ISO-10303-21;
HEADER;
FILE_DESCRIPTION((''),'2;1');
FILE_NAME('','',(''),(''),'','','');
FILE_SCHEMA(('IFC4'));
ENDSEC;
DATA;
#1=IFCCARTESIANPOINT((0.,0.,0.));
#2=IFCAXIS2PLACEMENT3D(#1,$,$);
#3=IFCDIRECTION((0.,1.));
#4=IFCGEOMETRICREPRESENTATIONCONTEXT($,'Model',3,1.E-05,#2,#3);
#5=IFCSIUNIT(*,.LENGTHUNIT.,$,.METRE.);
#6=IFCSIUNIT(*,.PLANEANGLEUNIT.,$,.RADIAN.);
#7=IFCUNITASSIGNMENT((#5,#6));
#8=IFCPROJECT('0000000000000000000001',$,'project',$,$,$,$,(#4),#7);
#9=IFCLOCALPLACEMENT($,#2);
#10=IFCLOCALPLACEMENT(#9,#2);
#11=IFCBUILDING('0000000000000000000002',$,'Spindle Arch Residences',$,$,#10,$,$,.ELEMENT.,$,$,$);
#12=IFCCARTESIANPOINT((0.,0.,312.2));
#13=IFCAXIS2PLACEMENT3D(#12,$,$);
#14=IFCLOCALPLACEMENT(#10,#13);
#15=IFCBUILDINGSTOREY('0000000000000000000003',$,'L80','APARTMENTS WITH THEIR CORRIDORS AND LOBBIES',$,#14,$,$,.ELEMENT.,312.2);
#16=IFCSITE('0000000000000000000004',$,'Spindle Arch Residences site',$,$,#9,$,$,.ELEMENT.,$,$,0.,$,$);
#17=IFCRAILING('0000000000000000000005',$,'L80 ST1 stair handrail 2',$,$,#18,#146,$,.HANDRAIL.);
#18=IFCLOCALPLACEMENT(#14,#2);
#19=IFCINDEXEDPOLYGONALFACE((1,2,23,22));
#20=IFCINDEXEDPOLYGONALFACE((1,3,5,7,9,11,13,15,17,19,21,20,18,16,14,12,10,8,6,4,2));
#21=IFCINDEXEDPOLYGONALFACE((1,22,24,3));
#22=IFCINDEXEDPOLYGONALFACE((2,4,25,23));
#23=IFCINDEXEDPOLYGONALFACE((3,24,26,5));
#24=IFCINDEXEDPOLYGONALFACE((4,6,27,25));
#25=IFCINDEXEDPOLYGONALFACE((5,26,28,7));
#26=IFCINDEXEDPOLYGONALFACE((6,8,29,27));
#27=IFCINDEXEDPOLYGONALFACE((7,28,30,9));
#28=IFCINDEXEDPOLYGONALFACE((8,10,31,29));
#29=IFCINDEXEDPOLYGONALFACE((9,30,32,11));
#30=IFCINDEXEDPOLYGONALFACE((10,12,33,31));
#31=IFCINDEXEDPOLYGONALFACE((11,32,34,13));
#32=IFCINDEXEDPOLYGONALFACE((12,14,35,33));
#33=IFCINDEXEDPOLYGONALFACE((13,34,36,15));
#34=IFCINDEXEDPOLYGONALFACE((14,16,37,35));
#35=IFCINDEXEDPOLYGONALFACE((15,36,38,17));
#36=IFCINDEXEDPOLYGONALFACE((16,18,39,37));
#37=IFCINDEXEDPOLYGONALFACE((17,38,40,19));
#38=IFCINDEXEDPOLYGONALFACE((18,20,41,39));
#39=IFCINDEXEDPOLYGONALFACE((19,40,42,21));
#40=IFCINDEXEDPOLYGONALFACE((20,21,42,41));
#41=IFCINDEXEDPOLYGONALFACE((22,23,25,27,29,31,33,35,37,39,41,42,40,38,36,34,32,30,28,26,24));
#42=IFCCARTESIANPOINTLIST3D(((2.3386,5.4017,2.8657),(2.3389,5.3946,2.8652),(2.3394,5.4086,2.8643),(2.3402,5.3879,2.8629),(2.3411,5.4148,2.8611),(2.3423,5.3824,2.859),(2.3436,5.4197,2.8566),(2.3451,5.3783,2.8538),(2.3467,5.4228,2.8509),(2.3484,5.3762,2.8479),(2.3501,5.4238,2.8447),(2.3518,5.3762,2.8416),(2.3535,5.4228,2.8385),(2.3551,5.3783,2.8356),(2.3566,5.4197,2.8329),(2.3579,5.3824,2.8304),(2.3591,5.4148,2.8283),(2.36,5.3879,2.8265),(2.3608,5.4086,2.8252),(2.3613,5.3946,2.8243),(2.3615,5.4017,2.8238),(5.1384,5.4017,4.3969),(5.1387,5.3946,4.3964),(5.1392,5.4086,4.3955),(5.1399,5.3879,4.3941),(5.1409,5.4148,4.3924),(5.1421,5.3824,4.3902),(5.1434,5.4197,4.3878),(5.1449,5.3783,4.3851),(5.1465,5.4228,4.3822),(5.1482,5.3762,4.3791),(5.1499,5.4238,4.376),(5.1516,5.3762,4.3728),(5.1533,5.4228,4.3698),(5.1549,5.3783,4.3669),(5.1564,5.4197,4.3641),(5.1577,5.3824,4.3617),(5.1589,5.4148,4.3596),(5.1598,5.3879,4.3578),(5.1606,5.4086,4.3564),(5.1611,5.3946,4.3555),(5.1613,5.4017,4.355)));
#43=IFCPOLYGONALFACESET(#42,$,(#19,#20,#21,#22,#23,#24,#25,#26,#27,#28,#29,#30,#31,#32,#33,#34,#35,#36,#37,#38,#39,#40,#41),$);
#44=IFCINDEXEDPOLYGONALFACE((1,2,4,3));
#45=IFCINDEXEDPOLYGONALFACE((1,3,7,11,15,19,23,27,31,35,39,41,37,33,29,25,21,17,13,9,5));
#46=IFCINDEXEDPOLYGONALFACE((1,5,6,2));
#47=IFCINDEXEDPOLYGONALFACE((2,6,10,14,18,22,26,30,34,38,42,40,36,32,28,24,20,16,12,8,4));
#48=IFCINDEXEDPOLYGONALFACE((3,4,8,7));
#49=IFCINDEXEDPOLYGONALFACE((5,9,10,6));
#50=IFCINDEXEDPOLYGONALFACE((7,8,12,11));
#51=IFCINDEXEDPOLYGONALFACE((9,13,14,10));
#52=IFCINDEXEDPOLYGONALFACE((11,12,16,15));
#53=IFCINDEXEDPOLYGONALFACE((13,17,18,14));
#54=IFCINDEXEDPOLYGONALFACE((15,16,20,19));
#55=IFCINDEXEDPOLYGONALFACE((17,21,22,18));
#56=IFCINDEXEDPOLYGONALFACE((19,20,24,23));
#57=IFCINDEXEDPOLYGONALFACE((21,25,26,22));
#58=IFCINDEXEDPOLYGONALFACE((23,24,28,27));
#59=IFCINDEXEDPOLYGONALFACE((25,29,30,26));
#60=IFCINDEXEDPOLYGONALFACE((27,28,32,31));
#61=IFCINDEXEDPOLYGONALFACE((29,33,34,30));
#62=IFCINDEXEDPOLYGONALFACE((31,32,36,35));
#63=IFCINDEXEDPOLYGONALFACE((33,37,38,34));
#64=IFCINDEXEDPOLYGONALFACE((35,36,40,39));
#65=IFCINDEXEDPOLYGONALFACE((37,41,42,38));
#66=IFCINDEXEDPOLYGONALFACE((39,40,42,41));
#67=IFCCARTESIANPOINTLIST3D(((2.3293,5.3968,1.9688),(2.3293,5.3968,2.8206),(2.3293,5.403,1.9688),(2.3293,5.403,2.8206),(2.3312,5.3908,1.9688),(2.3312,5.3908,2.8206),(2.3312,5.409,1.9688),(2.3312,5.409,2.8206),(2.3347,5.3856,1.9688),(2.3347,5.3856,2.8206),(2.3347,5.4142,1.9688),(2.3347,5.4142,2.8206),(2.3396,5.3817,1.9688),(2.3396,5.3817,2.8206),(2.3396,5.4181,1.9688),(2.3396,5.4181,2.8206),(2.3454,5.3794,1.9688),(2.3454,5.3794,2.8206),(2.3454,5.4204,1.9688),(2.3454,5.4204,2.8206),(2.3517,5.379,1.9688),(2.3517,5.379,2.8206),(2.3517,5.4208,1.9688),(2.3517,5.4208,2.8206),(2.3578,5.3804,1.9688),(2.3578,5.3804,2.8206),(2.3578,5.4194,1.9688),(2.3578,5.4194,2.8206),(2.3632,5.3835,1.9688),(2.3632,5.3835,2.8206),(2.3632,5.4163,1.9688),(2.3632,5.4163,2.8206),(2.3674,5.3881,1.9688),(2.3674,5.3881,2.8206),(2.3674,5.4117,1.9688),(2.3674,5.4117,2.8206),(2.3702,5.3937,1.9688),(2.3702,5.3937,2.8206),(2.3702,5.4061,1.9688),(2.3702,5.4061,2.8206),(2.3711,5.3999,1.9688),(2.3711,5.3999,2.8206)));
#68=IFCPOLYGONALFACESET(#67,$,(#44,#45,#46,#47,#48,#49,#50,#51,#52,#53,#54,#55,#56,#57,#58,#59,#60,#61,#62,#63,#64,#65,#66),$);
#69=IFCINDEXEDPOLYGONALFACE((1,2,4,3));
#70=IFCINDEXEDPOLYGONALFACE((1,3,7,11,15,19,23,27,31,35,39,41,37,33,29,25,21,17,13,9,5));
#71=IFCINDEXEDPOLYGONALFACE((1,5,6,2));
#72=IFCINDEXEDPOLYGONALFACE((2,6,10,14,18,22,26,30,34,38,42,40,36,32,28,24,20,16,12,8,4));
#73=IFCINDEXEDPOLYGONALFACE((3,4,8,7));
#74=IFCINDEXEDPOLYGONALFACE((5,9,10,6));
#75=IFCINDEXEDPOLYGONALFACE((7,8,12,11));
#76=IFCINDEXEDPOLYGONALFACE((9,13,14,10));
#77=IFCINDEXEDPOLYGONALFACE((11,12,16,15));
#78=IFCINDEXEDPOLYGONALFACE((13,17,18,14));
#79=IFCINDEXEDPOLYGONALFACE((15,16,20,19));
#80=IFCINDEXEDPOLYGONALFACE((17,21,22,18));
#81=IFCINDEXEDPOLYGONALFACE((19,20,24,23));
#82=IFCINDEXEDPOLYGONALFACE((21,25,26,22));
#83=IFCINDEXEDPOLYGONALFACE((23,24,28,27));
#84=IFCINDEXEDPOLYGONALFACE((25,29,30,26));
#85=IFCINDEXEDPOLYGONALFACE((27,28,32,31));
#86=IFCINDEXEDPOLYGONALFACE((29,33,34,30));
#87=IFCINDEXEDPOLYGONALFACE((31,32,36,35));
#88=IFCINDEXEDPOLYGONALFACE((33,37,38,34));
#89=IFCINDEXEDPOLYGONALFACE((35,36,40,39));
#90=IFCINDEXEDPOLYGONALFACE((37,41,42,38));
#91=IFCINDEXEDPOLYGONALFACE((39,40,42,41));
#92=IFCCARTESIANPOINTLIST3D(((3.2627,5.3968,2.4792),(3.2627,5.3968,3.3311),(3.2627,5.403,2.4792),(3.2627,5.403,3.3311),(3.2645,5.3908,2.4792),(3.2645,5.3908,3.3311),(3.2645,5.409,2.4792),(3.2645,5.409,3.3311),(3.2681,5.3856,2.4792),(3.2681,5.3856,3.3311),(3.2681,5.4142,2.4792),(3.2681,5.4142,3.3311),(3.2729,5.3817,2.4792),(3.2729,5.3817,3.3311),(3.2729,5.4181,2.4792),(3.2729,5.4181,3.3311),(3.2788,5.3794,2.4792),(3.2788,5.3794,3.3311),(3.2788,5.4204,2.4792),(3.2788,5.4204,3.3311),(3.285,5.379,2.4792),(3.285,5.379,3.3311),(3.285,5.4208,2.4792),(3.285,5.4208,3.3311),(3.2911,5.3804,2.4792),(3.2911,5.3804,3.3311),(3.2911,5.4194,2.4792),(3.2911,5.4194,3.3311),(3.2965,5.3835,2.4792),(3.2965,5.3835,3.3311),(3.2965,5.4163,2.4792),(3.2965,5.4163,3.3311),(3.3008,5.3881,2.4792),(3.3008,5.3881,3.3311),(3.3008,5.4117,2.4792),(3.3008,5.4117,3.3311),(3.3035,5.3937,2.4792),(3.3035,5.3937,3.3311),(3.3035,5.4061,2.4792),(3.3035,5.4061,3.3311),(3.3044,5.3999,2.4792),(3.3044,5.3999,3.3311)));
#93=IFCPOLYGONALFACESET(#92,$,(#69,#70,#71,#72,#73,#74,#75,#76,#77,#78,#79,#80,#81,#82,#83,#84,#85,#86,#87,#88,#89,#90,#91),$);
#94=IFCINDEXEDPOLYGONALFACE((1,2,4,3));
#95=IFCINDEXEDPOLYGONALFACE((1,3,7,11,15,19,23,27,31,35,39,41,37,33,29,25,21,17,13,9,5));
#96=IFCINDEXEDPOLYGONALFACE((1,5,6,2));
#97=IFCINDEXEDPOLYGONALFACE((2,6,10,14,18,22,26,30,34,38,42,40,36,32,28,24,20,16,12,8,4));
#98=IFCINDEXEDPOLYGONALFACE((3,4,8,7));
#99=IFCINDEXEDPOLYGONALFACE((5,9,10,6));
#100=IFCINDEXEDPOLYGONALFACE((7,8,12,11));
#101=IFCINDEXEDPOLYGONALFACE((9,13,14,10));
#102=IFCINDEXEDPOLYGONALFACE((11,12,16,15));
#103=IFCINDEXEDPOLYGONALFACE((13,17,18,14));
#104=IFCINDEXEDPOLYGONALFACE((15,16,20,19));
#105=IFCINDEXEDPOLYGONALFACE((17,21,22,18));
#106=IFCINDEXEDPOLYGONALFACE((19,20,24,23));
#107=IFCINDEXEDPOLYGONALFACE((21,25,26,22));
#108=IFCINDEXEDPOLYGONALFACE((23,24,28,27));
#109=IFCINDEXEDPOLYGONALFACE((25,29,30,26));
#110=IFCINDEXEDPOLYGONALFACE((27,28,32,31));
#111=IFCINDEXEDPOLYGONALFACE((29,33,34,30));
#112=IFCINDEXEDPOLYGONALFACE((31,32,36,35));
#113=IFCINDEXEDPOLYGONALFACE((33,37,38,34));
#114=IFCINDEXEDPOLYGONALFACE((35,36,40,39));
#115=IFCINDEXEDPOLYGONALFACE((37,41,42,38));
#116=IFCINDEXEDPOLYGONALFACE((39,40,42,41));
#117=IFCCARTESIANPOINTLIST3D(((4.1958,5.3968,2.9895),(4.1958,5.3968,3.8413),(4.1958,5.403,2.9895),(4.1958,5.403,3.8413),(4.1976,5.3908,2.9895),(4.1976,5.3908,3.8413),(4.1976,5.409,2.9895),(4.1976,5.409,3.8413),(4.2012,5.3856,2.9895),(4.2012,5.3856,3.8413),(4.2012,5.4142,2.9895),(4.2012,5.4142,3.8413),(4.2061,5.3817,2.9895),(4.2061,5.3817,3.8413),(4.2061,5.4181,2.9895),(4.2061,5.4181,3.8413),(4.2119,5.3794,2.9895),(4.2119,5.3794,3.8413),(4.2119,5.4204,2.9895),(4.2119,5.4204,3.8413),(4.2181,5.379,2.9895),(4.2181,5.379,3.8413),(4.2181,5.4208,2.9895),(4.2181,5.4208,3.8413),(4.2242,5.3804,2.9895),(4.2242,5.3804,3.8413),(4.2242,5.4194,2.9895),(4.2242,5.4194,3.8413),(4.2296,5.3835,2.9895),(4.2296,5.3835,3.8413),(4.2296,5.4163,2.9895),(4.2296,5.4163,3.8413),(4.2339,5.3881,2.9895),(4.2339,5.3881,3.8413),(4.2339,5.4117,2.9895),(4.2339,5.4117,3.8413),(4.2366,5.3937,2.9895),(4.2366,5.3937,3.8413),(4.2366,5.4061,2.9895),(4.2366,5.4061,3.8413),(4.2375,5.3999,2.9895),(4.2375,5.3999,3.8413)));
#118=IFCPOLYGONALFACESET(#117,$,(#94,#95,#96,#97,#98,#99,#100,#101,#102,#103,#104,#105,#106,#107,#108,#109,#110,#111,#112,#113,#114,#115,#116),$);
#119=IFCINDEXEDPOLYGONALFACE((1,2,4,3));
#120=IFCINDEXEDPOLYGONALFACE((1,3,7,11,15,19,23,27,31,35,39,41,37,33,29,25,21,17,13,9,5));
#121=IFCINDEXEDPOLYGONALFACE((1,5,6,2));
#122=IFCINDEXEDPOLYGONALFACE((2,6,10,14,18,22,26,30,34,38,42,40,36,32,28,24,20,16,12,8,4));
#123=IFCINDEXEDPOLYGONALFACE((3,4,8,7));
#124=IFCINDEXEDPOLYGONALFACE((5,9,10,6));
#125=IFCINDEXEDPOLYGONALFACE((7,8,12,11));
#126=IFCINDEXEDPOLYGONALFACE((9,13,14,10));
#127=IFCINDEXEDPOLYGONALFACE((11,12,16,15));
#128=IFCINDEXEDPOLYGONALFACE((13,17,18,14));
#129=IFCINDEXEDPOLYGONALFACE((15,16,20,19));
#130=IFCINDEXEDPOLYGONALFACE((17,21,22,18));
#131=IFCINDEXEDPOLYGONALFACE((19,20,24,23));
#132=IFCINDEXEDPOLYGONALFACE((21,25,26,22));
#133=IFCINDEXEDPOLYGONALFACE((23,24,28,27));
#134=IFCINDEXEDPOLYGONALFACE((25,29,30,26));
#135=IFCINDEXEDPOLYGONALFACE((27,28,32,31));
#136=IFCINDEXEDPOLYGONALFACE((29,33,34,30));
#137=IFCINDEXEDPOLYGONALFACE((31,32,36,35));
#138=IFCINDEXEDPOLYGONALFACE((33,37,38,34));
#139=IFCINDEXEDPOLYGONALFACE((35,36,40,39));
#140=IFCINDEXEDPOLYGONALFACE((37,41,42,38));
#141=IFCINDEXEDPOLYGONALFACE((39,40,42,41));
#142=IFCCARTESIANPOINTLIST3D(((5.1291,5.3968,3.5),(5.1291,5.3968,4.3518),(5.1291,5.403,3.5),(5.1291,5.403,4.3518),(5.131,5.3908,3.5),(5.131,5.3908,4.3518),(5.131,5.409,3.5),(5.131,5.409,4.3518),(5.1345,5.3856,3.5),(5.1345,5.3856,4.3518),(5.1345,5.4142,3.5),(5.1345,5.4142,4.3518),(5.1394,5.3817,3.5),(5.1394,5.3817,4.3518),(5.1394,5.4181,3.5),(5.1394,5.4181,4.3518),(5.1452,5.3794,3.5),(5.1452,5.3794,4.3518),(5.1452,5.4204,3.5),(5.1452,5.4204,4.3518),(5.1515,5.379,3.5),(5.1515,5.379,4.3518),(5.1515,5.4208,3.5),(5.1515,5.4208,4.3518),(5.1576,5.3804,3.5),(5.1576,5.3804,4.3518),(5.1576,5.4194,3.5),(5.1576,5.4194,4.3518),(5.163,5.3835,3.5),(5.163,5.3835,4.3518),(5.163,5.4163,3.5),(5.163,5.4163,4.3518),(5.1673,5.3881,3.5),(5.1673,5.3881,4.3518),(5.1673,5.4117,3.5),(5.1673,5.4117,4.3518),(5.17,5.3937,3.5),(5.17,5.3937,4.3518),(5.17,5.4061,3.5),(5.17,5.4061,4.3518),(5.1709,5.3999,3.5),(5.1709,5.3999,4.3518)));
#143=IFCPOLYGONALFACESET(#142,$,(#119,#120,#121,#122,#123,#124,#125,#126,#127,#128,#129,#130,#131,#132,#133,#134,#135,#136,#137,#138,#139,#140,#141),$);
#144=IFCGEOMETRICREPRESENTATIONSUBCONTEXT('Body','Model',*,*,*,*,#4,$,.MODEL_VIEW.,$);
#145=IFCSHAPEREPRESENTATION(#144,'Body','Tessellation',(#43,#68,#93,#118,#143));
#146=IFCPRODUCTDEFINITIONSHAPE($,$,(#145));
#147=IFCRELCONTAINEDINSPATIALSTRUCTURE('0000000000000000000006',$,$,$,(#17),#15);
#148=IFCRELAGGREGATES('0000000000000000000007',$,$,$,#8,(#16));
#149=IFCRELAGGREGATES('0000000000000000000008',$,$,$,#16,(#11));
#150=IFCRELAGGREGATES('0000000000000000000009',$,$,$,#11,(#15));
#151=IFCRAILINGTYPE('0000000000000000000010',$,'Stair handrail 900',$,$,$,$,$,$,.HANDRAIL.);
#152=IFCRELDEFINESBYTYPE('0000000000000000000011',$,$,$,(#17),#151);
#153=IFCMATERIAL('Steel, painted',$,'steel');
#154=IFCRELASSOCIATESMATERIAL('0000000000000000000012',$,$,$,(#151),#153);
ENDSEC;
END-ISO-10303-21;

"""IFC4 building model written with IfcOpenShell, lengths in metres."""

from ifc_helpers import new_model, si_unit, direction, frame, origin, origin_2d, place, context, subcontext, project, spatial, circle, extrude, material, type_object, element, save


model = new_model("IFC4")

# Units and contexts
model_context = context("Model", 3, precision=1e-05, world=origin(), true_north=direction((0.0, 1.0)))
body_context = subcontext(model_context, "Body", "Model", "MODEL_VIEW")
ifc_project = project(units=[si_unit("LENGTHUNIT", "METRE"), si_unit("PLANEANGLEUNIT", "RADIAN")], contexts=[model_context])

# Site, building, storey
site_placement = place(None, origin())
site = spatial("IfcSite", under=ifc_project, at=site_placement, Name="Spindle Arch Residences site", CompositionType="ELEMENT", RefElevation=0.0)
building_placement = place(site_placement, origin())
building = spatial("IfcBuilding", under=site, at=building_placement, Name="Spindle Arch Residences", CompositionType="ELEMENT")
storey_placement = place(building_placement, frame((0.0, 0.0, 312.2)))
storey = spatial("IfcBuildingStorey", under=building, at=storey_placement, Name="L80", Description="APARTMENTS WITH THEIR CORRIDORS AND LOBBIES", CompositionType="ELEMENT", Elevation=312.2)

# Railing
ifc_material_1 = material(Name="Steel, painted", Category="steel")
railing_type_1 = type_object("IfcRailingType", Name="Stair handrail 900", PredefinedType="HANDRAIL", material=ifc_material_1)
railing_1_placement = place(storey_placement, frame((2.3501, 5.3999, 1.9688)))
element("IfcRailing", 1, at=railing_1_placement, inside=storey, type_object=railing_type_1, Name="L80 ST1 stair handrail 2", PredefinedType="HANDRAIL", context=body_context, shape_type="SweptSolid", body=[
    extrude(circle(Radius=0.0239, at=origin_2d()), frame((0.0, 0.0, 0.876), z_axis=(0.877357, 0.0, 0.479838), x_axis=(0.0, 1.0, 0.0)), (0.0, 0.0, 1.0), 3.1912),
    extrude(circle(Radius=0.021, at=origin_2d()), origin(), (0.0, 0.0, 1.0), 0.8518),
    extrude(circle(Radius=0.021, at=origin_2d()), frame((0.9333, 0.0, 0.5105)), (0.0, 0.0, 1.0), 0.8518),
    extrude(circle(Radius=0.021, at=origin_2d()), frame((1.8665, 0.0, 1.0208)), (0.0, 0.0, 1.0), 0.8518),
    extrude(circle(Radius=0.021, at=origin_2d()), frame((2.7998, 0.0, 1.5312)), (0.0, 0.0, 1.0), 0.8518),
])

save(model, "model.ifc")
